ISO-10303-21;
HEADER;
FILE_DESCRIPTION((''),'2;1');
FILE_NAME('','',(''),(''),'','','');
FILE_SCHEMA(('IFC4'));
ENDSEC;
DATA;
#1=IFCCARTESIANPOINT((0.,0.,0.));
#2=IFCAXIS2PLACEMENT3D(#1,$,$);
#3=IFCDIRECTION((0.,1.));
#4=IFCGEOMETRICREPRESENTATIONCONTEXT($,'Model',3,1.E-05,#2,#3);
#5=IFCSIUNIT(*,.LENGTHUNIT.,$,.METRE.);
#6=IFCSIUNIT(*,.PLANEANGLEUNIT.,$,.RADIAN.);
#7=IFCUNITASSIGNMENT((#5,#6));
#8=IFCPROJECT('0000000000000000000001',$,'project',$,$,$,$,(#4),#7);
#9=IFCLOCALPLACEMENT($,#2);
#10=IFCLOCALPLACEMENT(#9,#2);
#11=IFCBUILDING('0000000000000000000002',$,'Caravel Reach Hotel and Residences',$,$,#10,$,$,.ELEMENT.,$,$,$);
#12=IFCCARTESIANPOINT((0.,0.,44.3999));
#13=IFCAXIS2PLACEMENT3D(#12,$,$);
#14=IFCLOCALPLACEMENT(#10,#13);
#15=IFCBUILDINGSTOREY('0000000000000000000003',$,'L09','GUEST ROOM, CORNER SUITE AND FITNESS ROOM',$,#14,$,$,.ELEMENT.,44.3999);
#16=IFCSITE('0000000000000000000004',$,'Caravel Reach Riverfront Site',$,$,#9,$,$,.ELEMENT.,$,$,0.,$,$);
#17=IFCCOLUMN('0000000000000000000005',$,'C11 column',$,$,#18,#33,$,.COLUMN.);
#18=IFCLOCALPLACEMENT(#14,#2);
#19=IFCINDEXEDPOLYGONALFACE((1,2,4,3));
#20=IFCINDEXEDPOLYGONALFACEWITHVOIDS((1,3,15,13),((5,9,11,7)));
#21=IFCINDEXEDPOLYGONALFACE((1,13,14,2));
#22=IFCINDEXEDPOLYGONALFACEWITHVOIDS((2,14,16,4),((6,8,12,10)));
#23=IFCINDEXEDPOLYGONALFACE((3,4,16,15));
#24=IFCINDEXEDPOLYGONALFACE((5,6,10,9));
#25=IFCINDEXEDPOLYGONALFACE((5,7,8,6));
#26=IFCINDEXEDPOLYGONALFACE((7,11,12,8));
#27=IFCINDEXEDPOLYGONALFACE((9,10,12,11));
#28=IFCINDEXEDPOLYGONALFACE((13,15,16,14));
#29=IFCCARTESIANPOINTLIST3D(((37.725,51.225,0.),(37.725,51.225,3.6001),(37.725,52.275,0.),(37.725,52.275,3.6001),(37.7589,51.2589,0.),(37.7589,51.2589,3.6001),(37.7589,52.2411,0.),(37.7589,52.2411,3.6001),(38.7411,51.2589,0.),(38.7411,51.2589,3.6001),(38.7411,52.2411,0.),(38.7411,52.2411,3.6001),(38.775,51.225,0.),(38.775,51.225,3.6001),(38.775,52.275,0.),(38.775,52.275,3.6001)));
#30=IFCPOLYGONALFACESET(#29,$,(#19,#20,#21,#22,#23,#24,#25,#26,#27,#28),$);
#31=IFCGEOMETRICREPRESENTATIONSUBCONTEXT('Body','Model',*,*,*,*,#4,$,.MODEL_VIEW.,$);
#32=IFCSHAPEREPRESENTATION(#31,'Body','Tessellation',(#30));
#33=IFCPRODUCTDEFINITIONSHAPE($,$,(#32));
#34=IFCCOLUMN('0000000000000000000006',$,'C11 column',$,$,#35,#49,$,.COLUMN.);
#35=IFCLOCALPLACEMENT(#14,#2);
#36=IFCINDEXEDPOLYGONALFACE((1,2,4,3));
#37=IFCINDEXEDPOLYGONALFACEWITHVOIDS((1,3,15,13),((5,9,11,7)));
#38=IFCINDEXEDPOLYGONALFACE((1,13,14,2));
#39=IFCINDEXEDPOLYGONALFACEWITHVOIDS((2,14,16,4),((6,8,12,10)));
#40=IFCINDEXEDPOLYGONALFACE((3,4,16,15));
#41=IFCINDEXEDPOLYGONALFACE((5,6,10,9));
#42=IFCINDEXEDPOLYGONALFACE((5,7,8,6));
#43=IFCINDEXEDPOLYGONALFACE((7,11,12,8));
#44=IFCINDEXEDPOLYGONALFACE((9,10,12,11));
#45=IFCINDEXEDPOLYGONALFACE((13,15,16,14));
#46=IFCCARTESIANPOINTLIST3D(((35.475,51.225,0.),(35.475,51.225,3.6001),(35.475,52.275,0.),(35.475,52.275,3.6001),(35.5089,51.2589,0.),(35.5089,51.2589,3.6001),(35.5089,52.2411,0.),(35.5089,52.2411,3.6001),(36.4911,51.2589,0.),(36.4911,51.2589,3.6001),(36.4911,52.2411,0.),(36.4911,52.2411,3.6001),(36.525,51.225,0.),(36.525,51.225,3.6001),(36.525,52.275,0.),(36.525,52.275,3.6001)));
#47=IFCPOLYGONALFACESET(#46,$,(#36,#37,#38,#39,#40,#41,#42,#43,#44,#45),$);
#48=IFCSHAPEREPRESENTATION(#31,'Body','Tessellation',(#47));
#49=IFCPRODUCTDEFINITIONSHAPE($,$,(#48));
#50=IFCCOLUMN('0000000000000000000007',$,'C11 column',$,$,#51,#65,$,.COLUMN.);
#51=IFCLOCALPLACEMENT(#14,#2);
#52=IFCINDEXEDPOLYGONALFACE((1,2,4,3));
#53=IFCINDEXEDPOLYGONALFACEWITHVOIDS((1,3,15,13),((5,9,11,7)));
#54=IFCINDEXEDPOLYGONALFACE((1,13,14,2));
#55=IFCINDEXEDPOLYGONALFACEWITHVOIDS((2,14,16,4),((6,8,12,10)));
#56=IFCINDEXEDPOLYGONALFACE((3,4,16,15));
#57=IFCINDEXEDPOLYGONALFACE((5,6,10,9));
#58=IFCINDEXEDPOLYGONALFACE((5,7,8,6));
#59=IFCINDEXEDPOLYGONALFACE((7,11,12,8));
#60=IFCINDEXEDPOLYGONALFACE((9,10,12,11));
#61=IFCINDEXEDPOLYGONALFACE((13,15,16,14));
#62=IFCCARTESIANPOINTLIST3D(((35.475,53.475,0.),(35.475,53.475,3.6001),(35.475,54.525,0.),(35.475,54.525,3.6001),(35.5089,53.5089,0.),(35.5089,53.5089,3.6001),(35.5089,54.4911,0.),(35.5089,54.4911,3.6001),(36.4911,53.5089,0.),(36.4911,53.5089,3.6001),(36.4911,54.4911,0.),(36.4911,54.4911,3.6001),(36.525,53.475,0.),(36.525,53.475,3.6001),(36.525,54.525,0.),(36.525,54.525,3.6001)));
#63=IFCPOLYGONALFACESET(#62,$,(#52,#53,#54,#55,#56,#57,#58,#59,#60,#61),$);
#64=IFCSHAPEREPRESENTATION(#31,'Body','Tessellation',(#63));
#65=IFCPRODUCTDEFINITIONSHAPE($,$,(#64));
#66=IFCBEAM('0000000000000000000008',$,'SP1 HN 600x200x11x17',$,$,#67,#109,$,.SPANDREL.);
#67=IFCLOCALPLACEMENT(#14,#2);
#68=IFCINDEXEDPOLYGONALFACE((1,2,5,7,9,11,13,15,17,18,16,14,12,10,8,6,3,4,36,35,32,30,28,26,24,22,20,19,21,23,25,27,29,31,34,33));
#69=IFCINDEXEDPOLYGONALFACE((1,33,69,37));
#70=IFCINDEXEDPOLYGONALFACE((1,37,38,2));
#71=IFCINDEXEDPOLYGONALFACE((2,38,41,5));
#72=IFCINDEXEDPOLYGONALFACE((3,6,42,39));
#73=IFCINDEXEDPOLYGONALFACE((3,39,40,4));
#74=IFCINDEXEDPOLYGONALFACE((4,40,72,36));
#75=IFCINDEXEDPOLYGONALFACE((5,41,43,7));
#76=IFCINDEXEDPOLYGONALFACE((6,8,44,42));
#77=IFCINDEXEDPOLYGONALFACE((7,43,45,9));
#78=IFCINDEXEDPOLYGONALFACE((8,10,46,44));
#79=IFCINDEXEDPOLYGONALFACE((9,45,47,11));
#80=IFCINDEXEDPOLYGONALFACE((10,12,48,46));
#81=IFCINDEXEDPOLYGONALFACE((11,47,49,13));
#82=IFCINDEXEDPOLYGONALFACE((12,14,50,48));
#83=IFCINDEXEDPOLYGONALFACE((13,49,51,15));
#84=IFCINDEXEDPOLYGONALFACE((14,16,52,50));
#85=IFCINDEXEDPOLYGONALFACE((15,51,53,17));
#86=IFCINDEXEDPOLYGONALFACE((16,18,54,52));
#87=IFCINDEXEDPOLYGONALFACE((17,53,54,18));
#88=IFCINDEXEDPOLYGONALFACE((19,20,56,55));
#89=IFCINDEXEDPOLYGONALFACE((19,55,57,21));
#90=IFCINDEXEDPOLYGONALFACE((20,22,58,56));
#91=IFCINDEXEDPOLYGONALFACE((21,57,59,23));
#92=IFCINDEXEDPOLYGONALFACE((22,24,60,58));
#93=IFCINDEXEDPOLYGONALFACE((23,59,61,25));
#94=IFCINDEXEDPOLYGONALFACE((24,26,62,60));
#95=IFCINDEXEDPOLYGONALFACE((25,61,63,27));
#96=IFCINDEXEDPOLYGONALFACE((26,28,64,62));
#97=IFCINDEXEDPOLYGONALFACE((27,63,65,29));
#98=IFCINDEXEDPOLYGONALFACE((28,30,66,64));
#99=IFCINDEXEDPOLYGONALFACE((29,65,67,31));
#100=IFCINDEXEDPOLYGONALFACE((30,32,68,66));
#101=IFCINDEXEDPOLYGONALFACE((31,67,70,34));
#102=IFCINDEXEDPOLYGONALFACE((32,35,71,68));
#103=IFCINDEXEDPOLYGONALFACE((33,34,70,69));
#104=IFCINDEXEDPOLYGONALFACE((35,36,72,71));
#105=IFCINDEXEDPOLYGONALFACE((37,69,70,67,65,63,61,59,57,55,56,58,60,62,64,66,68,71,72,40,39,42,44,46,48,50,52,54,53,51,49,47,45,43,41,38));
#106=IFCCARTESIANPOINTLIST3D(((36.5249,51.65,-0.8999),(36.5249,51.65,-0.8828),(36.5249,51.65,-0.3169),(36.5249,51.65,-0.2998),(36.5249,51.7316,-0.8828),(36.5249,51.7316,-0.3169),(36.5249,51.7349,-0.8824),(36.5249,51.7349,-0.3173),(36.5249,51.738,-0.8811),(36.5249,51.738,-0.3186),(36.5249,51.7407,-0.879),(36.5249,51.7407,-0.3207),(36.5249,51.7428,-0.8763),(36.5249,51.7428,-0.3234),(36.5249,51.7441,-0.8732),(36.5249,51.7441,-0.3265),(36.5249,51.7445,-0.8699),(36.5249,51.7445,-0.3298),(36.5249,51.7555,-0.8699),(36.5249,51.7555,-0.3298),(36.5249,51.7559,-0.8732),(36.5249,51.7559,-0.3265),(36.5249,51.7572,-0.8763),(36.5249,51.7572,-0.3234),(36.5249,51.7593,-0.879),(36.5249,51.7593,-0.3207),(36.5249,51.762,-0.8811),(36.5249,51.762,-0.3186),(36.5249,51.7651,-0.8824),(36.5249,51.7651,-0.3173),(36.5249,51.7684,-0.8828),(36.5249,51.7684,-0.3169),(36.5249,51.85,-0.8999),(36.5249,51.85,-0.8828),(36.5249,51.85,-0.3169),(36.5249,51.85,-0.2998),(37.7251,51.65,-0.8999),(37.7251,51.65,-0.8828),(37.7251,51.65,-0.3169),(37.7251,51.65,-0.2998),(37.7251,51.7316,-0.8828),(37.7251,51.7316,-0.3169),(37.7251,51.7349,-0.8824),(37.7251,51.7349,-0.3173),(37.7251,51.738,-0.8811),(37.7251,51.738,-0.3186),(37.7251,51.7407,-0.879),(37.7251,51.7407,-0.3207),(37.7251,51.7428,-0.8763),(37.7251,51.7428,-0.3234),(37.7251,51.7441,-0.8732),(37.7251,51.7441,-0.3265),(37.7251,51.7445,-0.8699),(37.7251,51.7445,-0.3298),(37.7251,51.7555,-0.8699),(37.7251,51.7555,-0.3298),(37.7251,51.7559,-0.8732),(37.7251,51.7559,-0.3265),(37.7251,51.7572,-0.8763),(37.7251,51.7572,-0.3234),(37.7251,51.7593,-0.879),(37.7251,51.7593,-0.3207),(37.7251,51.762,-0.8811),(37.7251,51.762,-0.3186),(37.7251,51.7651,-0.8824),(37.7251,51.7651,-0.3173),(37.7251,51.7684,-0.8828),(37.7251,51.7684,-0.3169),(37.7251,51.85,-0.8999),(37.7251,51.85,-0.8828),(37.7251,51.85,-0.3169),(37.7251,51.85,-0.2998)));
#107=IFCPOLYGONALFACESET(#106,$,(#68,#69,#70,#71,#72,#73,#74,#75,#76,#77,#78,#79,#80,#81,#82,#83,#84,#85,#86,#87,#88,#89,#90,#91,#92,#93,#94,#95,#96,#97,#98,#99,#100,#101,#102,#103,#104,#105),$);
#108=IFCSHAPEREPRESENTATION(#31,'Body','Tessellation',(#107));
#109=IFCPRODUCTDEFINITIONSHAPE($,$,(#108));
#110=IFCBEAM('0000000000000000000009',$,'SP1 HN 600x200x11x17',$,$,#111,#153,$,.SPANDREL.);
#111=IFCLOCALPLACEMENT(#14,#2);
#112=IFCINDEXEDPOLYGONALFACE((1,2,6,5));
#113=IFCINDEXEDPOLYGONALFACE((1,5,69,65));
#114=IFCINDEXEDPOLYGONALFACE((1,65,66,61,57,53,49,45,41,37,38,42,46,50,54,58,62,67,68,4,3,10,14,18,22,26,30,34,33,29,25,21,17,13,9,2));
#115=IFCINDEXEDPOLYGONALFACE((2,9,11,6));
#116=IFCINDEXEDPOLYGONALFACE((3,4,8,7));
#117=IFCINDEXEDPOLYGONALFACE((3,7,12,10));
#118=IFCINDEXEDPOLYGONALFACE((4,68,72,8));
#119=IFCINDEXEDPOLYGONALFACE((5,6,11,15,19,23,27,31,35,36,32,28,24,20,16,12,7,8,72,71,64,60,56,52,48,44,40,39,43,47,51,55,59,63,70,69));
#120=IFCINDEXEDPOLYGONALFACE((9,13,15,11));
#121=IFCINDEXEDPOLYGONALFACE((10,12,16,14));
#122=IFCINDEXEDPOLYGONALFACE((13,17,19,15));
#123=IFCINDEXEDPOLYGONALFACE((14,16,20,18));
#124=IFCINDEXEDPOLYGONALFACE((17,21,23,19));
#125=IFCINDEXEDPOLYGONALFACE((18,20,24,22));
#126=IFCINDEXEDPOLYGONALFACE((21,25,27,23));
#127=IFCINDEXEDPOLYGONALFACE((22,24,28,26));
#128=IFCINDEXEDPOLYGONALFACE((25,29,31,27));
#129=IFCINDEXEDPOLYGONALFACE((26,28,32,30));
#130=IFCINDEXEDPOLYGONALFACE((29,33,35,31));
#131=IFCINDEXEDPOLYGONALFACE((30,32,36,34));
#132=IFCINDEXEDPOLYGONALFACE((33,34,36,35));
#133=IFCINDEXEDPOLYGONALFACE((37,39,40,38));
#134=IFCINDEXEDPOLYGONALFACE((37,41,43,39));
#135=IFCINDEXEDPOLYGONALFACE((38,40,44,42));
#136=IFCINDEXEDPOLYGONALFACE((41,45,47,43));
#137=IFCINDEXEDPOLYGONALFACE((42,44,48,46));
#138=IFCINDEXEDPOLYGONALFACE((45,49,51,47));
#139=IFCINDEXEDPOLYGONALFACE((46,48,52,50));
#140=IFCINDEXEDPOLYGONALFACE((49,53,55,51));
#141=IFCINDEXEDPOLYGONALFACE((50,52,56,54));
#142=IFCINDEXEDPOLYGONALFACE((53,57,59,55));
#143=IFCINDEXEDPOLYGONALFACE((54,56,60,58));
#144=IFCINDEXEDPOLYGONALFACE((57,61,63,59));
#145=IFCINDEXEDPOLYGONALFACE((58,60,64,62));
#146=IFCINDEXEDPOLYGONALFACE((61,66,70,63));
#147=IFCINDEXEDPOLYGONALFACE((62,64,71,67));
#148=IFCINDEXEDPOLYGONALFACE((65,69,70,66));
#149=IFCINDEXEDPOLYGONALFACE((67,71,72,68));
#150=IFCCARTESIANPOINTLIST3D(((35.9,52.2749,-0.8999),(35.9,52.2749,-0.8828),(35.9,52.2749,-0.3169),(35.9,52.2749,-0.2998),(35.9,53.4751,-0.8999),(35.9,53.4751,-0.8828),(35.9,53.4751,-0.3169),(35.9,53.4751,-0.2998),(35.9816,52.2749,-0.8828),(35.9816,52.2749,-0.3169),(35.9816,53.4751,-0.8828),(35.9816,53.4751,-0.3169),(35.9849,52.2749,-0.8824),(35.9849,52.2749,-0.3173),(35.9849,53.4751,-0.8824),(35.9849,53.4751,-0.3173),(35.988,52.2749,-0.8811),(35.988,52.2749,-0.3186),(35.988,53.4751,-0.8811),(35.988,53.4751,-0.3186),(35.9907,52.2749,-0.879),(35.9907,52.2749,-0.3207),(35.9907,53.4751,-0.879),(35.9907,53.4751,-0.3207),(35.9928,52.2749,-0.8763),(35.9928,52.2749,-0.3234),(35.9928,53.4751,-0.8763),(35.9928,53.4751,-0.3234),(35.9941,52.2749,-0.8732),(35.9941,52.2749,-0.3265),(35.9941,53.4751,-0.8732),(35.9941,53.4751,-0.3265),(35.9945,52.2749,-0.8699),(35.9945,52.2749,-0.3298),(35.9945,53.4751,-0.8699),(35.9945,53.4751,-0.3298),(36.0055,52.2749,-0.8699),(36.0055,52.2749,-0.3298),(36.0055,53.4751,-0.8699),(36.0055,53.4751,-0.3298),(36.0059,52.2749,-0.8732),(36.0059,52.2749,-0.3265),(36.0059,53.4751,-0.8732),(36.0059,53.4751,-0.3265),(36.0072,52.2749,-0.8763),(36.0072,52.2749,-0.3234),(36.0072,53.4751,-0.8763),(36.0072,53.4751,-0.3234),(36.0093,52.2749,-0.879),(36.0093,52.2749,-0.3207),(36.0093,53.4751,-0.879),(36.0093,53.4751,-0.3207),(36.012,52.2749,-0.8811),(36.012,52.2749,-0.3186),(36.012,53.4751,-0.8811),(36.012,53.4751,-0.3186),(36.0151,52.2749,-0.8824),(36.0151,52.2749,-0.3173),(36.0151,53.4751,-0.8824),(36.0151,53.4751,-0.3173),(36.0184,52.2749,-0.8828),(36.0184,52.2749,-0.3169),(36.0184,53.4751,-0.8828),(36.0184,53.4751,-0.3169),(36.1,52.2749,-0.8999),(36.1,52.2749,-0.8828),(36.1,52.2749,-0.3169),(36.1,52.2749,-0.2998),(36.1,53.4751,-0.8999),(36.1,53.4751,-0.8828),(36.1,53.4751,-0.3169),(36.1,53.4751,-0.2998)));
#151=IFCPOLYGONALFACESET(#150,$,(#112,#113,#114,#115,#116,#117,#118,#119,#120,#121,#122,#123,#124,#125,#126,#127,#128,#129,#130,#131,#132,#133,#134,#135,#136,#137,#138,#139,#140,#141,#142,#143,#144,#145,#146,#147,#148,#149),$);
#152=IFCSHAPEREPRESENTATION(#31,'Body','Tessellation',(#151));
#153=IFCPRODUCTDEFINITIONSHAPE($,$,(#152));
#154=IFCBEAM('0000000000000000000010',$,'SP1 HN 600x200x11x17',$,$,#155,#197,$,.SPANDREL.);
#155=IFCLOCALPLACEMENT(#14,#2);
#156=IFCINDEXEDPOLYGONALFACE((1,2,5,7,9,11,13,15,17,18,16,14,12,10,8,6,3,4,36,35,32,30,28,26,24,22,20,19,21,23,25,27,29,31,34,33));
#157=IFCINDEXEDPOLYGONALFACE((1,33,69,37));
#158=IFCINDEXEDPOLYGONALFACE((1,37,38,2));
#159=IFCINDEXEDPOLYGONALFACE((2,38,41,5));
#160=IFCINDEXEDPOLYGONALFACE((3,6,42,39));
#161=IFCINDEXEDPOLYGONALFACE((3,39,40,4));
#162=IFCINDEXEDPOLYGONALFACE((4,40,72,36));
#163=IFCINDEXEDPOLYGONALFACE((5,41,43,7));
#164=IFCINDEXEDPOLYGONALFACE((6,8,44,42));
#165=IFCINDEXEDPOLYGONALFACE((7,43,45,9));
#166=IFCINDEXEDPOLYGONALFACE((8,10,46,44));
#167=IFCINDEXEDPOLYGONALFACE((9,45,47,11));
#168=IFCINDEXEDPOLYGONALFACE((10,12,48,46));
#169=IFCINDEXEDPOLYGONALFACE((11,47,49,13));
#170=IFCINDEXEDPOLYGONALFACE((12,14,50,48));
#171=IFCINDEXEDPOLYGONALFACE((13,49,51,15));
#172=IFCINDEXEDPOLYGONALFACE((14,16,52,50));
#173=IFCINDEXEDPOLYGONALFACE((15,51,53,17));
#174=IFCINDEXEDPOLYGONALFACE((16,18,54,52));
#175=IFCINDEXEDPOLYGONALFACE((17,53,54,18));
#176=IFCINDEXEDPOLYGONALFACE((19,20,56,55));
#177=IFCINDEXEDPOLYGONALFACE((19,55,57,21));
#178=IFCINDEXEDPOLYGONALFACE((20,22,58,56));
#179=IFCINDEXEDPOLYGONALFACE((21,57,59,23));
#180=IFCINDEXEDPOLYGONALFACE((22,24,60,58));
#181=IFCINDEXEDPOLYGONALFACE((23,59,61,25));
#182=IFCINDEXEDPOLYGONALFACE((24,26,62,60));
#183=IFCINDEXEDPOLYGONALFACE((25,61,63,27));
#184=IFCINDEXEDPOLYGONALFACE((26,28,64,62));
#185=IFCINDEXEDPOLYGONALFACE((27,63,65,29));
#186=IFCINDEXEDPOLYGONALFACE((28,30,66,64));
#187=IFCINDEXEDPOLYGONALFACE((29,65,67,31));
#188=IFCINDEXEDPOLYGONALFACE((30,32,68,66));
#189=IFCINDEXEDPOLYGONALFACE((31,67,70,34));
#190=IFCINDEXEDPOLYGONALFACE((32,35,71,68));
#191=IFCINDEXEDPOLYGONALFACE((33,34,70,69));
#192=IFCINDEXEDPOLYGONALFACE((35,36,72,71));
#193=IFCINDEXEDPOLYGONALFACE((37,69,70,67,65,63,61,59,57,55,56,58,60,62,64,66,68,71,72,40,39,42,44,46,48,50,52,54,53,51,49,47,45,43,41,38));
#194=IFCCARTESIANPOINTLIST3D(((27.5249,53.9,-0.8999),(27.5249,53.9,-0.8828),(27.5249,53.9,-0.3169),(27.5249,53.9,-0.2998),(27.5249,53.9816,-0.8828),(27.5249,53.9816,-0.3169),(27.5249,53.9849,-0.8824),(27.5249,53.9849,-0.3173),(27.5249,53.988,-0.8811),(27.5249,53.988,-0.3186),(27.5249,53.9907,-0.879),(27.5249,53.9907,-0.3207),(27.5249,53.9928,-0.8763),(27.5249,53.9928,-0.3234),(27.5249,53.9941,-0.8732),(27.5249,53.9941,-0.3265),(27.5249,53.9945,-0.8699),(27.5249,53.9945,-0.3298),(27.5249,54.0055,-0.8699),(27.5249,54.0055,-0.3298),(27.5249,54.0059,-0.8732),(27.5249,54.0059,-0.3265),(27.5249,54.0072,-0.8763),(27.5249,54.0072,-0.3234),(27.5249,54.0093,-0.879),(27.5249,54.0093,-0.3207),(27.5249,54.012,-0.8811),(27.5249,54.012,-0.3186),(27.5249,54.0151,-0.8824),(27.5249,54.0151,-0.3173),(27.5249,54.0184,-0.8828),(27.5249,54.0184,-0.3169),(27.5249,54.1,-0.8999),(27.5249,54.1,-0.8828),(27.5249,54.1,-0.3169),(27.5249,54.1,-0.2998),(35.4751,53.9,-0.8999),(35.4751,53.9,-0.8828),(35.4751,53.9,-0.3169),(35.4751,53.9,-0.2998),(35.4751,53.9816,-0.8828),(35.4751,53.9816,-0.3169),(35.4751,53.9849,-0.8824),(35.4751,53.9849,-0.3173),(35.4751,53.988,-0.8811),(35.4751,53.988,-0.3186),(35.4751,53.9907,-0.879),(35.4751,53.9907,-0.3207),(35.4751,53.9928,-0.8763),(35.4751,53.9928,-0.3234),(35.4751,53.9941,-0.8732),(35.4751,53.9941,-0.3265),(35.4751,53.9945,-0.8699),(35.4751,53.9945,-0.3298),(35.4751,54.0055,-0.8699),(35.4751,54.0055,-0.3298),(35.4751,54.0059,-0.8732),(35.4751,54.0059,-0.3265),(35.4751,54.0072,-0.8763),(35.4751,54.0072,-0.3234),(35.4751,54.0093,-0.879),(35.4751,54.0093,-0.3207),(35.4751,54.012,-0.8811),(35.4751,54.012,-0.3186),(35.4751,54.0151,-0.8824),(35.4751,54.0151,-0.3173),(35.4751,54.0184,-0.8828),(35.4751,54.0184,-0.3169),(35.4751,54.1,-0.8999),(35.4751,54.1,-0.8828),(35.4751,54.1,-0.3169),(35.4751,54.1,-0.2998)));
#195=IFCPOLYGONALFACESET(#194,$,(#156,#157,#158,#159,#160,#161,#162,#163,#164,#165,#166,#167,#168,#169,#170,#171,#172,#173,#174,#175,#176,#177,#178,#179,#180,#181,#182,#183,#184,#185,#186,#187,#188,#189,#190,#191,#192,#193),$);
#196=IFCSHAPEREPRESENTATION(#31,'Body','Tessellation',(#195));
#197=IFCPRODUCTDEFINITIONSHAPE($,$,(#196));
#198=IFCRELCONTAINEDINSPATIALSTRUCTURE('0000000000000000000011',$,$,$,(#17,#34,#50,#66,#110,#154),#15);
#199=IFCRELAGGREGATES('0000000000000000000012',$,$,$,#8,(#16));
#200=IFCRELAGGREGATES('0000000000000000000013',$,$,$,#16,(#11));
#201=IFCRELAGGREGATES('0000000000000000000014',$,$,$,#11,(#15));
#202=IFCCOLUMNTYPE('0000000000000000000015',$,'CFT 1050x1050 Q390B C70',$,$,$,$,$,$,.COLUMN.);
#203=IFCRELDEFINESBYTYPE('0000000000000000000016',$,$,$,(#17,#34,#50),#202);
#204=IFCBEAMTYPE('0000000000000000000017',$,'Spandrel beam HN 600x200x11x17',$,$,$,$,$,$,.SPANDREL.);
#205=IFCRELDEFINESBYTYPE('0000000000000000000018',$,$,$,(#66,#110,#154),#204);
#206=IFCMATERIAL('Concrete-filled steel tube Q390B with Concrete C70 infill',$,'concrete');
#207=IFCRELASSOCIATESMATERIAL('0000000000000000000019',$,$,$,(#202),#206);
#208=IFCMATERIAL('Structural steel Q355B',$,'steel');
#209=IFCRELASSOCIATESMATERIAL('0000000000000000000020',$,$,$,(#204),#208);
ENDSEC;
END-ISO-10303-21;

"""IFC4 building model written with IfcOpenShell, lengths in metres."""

from ifc_helpers import new_model, si_unit, direction, frame, origin, origin_2d, place, context, subcontext, project, spatial, hollow_rectangle, i_section, extrude, material, material_profile, profile_set, type_object, element, save


model = new_model("IFC4")

# Units and contexts
model_context = context("Model", 3, precision=1e-05, world=origin(), true_north=direction((0.0, 1.0)))
body_context = subcontext(model_context, "Body", "Model", "MODEL_VIEW")
ifc_project = project(units=[si_unit("LENGTHUNIT", "METRE"), si_unit("PLANEANGLEUNIT", "RADIAN")], contexts=[model_context])

# Site, building, storey
site_placement = place(None, origin())
site = spatial("IfcSite", under=ifc_project, at=site_placement, Name="Caravel Reach Riverfront Site", CompositionType="ELEMENT", RefElevation=0.0)
building_placement = place(site_placement, origin())
building = spatial("IfcBuilding", under=site, at=building_placement, Name="Caravel Reach Hotel and Residences", CompositionType="ELEMENT")
storey_placement = place(building_placement, frame((0.0, 0.0, 44.3999)))
storey = spatial("IfcBuildingStorey", under=building, at=storey_placement, Name="L09", Description="GUEST ROOM, CORNER SUITE AND FITNESS ROOM", CompositionType="ELEMENT", Elevation=44.3999)

# Columns
ifc_material_1 = material(Name="Concrete-filled steel tube Q390B with Concrete C70 infill", Category="concrete")
ifc_material_profile_1 = material_profile(ifc_material_1, hollow_rectangle(XDim=1.05, YDim=1.05, WallThickness=0.0339, at=origin_2d()), Name="RHS 1050x1050x34")
ifc_profile_set_1 = profile_set([ifc_material_profile_1], Name="Concrete-filled steel tube Q390B with Concrete C70 infill")
column_type = type_object("IfcColumnType", Name="CFT 1050x1050 Q390B C70", PredefinedType="COLUMN", material=ifc_profile_set_1)
for number, where, z_axis, x_axis, name in (
    (1, (38.25, 51.75, 0.0), (0.0, 0.0, 1.0), (1.0, 0.0, 0.0), "C11 column"),
    (2, (36.0, 51.75, 0.0), (0.0, 0.0, 1.0), (1.0, 0.0, 0.0), "C11 column"),
    (3, (36.0, 54.0, 0.0), (0.0, 0.0, 1.0), (1.0, 0.0, 0.0), "C11 column"),
):
    element("IfcColumn", number, at=place(storey_placement, frame(where, z_axis=z_axis, x_axis=x_axis)), inside=storey, type_object=column_type, Name=name, PredefinedType="COLUMN", context=body_context, shape_type="SweptSolid", body=[
        extrude(hollow_rectangle(XDim=1.05, YDim=1.05, WallThickness=0.0339, at=origin_2d()), origin(), (0.0, 0.0, 1.0), 3.6001),
    ])

# Beams
ifc_material_2 = material(Name="Structural steel Q355B", Category="steel")
ifc_material_profile_2 = material_profile(ifc_material_2, i_section(OverallWidth=0.2, OverallDepth=0.6001, WebThickness=0.011, FlangeThickness=0.0171, FilletRadius=0.0129, at=origin_2d()), Name="HN 600x200x11x17")
ifc_profile_set_2 = profile_set([ifc_material_profile_2], Name="Structural steel Q355B")
beam_type = type_object("IfcBeamType", Name="Spandrel beam HN 600x200x11x17", PredefinedType="SPANDREL", material=ifc_profile_set_2)
for number, where, z_axis, x_axis, name in (
    (4, (37.7251, 51.75, -0.5999), (-1.0, 0.0, 0.0), (0.0, -1.0, 0.0), "SP1 HN 600x200x11x17"),
    (5, (36.0, 52.2749, -0.5999), (0.0, 1.0, 0.0), (-1.0, 0.0, 0.0), "SP1 HN 600x200x11x17"),
):
    element("IfcBeam", number, at=place(storey_placement, frame(where, z_axis=z_axis, x_axis=x_axis)), inside=storey, type_object=beam_type, Name=name, PredefinedType="SPANDREL", context=body_context, shape_type="SweptSolid", body=[
        extrude(i_section(OverallWidth=0.2, OverallDepth=0.6001, WebThickness=0.011, FlangeThickness=0.0171, FilletRadius=0.0129, at=origin_2d()), origin(), (0.0, 0.0, 1.0), 1.2002),
    ])
beam_placement = place(storey_placement, frame((35.4751, 54.0, -0.5999), z_axis=(-1.0, 0.0, 0.0), x_axis=(0.0, -1.0, 0.0)))
element("IfcBeam", 6, at=beam_placement, inside=storey, type_object=beam_type, Name="SP1 HN 600x200x11x17", PredefinedType="SPANDREL", context=body_context, shape_type="SweptSolid", body=[
    extrude(i_section(OverallWidth=0.2, OverallDepth=0.6001, WebThickness=0.011, FlangeThickness=0.0171, FilletRadius=0.0129, at=origin_2d()), origin(), (0.0, 0.0, 1.0), 7.9502),
])

save(model, "model.ifc")
